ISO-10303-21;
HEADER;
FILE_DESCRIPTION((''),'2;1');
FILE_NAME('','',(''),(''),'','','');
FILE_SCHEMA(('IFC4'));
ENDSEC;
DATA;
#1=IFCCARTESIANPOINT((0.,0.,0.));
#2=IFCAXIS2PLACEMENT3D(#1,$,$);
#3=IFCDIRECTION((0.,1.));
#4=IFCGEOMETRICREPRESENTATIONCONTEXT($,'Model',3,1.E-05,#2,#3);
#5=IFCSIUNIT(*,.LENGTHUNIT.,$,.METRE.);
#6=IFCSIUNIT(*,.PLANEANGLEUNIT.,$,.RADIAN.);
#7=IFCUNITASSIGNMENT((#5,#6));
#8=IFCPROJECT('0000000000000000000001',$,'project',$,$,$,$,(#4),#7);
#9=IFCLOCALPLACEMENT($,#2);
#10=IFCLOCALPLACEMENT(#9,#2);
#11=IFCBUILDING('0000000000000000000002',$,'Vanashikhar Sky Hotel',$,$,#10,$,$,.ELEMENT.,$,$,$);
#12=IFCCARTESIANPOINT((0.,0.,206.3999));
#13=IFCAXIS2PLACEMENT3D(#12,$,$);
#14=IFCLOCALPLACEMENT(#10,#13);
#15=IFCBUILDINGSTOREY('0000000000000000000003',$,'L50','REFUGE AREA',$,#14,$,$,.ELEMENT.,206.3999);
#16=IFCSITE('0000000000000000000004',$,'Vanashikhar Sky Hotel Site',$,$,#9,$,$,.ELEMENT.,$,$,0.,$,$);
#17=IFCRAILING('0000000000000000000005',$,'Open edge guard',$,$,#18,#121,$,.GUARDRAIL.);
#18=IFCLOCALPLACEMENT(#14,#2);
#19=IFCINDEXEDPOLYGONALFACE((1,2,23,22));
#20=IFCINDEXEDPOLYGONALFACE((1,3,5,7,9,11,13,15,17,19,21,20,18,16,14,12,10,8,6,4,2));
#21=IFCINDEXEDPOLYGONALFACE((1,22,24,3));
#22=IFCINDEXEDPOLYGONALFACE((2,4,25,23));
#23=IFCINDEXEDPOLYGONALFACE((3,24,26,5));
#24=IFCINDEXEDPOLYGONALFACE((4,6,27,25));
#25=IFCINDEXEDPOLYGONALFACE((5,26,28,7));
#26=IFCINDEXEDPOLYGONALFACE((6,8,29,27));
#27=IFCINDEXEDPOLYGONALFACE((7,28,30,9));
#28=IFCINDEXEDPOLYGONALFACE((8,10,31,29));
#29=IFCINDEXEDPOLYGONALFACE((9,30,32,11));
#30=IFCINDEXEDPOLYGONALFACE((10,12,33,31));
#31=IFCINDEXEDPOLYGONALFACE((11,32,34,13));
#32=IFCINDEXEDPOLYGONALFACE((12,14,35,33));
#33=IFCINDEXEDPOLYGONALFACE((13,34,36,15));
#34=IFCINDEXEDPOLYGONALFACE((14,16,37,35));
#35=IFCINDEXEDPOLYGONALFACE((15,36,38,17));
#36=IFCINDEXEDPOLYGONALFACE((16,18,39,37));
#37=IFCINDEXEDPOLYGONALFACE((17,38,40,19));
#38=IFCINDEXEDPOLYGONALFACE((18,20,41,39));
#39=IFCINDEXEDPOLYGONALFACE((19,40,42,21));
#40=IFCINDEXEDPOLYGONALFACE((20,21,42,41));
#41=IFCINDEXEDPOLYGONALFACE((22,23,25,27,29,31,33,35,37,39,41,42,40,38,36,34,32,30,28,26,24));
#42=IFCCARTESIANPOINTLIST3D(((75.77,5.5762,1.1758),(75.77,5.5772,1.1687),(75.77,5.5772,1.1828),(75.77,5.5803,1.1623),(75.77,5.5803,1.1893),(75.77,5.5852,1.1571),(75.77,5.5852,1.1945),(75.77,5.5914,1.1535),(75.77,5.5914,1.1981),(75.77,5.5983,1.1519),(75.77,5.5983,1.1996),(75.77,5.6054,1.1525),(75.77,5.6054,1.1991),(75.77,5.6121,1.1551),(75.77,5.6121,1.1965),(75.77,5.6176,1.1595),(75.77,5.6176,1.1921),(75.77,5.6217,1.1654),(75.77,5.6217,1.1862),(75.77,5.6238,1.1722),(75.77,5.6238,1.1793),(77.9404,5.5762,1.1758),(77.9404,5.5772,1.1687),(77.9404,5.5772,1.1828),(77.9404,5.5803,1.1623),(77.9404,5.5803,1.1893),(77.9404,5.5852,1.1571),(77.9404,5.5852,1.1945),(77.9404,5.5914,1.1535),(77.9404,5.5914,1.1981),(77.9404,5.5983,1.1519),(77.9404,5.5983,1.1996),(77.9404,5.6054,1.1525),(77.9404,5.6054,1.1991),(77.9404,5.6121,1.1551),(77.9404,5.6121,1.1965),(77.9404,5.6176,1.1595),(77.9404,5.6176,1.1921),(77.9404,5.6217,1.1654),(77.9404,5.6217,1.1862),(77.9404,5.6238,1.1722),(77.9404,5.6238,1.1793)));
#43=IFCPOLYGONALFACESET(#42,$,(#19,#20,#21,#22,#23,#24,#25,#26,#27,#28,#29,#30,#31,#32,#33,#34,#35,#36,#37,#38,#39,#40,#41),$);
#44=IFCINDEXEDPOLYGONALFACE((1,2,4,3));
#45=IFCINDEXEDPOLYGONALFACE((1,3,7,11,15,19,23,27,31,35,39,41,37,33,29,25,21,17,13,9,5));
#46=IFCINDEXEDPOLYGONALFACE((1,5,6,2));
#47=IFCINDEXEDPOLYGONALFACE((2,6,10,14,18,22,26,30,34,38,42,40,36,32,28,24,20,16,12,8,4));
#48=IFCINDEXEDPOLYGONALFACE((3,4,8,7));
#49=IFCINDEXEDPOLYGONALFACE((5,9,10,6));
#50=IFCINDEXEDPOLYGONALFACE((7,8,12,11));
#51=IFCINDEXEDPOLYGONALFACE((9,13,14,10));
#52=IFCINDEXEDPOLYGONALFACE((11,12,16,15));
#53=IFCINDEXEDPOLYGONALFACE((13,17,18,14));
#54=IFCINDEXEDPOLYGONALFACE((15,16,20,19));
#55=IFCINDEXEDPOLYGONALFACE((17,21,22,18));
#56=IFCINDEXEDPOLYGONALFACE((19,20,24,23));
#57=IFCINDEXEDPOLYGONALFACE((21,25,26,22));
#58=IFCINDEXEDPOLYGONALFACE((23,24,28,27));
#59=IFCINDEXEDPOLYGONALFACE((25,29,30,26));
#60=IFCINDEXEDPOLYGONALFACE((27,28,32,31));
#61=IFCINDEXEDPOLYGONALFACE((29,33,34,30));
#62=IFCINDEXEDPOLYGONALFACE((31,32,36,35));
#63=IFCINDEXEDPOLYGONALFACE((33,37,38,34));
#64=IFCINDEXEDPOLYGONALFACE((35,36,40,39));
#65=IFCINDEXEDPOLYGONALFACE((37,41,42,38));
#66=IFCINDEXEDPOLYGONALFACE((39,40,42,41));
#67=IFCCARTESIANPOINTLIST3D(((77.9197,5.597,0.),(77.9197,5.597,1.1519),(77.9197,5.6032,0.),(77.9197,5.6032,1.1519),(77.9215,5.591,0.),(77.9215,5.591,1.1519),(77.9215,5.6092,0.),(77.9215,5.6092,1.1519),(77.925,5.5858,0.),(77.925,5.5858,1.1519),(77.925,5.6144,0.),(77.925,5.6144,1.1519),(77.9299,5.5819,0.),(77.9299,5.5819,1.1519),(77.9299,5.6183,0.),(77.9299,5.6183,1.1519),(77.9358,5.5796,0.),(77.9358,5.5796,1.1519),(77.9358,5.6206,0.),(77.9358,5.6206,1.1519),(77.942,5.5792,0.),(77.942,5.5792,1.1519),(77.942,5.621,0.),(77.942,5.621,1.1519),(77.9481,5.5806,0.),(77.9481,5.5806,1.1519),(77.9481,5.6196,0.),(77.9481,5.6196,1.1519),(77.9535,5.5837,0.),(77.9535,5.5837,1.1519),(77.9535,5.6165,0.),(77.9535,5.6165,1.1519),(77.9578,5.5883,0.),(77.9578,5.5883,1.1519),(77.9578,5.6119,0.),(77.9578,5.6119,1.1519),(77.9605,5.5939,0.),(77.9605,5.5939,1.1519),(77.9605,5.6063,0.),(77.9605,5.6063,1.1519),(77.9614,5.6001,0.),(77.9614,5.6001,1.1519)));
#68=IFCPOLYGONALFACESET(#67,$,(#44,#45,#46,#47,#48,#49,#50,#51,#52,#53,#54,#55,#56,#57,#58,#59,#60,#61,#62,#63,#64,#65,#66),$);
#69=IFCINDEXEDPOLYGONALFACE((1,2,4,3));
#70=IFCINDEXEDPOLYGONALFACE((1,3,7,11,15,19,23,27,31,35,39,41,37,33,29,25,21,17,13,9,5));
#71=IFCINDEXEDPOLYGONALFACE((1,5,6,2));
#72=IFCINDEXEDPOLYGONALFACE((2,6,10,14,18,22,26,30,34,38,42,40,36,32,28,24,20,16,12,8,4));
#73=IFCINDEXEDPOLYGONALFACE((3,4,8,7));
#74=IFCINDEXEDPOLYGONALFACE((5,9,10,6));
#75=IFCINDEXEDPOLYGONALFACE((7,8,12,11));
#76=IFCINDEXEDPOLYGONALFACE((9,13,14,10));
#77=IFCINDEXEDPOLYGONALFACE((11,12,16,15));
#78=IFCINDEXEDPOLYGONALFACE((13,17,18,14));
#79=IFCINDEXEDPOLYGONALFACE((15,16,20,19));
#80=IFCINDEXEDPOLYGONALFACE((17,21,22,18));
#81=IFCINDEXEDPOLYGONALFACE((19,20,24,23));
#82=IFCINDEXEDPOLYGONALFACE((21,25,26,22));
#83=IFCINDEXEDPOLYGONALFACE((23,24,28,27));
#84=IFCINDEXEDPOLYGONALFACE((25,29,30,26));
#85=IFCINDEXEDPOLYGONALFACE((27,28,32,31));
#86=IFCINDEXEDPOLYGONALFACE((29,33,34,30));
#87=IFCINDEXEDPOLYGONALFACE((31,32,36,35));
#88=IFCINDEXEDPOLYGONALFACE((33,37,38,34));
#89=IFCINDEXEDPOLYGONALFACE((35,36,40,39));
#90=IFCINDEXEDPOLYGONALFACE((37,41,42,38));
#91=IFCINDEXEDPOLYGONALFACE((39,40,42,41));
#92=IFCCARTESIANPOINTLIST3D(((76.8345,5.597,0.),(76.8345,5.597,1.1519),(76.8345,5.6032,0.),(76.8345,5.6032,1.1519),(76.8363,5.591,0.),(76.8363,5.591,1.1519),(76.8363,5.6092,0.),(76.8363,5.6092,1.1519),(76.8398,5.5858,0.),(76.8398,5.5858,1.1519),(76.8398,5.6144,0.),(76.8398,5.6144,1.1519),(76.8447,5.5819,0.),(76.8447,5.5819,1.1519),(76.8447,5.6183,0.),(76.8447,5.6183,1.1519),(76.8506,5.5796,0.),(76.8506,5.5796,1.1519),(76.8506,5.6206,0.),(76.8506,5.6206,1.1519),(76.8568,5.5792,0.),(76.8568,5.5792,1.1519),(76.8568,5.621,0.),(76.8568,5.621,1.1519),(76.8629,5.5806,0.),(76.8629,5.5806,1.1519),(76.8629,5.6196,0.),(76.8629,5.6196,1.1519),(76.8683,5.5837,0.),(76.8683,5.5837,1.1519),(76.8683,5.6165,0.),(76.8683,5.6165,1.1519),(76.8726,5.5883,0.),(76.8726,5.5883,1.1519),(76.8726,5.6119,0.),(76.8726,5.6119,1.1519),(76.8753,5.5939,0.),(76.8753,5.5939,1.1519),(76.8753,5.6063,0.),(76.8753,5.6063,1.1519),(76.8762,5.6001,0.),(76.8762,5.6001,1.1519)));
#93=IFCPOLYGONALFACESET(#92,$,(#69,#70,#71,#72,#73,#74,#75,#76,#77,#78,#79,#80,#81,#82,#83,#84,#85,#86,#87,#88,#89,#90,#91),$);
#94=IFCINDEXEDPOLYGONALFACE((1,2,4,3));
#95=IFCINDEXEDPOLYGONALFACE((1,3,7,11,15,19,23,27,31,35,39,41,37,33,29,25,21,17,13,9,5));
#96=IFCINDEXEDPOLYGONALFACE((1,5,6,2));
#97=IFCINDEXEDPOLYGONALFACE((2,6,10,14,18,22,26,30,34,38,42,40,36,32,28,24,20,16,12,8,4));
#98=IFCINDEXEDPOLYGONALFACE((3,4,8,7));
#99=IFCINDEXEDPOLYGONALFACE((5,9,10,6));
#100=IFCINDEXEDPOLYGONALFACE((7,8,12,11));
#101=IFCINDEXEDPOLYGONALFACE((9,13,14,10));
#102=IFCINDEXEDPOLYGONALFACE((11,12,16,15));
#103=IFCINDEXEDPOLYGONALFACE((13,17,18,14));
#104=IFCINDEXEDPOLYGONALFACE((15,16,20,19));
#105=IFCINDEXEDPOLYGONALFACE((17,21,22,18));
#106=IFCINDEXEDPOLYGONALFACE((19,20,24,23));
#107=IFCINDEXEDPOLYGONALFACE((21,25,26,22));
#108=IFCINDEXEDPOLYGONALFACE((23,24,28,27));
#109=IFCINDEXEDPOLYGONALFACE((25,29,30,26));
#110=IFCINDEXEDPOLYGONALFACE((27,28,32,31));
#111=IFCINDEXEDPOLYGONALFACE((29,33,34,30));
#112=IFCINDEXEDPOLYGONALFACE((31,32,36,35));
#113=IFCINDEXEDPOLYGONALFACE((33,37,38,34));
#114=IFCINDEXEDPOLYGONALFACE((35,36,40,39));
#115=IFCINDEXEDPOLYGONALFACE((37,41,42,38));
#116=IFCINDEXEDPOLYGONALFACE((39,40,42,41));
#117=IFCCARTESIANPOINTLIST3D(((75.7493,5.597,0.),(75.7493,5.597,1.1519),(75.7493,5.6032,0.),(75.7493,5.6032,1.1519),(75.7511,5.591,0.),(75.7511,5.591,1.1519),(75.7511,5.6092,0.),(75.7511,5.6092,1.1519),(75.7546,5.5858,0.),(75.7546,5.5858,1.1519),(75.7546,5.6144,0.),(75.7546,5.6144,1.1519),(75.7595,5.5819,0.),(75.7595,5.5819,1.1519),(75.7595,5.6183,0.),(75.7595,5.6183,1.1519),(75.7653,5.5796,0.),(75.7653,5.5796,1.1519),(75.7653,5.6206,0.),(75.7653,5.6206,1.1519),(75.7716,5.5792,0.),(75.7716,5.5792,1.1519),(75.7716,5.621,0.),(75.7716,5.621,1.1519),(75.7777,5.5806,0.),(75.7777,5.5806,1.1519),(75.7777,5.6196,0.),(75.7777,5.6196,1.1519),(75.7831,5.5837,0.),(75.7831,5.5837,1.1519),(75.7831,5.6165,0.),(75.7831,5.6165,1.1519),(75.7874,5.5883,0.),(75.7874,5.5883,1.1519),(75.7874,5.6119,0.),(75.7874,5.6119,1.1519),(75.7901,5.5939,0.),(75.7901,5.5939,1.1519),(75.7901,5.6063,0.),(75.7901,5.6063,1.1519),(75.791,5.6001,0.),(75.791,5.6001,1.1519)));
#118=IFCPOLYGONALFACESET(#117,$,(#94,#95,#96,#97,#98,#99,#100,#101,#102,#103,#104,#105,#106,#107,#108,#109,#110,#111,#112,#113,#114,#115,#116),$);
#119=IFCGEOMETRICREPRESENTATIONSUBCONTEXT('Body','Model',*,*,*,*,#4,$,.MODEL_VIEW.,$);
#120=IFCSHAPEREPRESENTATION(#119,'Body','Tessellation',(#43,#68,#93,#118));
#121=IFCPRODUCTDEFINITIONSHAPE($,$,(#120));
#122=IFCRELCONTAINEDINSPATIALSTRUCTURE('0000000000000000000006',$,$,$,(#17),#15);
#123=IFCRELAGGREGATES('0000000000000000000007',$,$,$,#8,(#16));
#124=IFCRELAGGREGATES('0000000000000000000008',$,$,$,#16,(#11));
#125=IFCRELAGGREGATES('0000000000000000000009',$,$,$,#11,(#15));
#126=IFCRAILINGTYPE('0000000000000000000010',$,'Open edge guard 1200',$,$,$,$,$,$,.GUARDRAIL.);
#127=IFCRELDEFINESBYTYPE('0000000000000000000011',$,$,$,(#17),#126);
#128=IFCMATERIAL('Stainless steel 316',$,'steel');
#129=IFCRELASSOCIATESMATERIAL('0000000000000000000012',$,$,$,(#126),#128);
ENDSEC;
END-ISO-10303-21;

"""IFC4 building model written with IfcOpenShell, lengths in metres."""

from ifc_helpers import new_model, si_unit, direction, frame, origin, origin_2d, place, context, subcontext, project, spatial, circle, extrude, source, transform, mapped, material, type_object, element, save


model = new_model("IFC4")

# Units and contexts
model_context = context("Model", 3, precision=1e-05, world=origin(), true_north=direction((0.0, 1.0)))
body_context = subcontext(model_context, "Body", "Model", "MODEL_VIEW")
ifc_project = project(units=[si_unit("LENGTHUNIT", "METRE"), si_unit("PLANEANGLEUNIT", "RADIAN")], contexts=[model_context])

# Site, building, storey
site_placement = place(None, origin())
site = spatial("IfcSite", under=ifc_project, at=site_placement, Name="Vanashikhar Sky Hotel Site", CompositionType="ELEMENT", RefElevation=0.0)
building_placement = place(site_placement, origin())
building = spatial("IfcBuilding", under=site, at=building_placement, Name="Vanashikhar Sky Hotel", CompositionType="ELEMENT")
storey_placement = place(building_placement, frame((0.0, 0.0, 206.3999)))
storey = spatial("IfcBuildingStorey", under=building, at=storey_placement, Name="L50", Description="REFUGE AREA", CompositionType="ELEMENT", Elevation=206.3999)

# Railing
ifc_material_1 = material(Name="Stainless steel 316", Category="steel")
railing_type = type_object("IfcRailingType", Name="Open edge guard 1200", PredefinedType="GUARDRAIL", material=ifc_material_1)
shared_shape_1 = source(origin(), body_context, "Body", "SweptSolid", [
    extrude(circle(Radius=0.0239, at=origin_2d()), frame((0.0, 0.0, 1.1758), z_axis=(-1.0, 0.0, 0.0), x_axis=(0.0, -1.0, 0.0)), (0.0, 0.0, 1.0), 2.1704),
    extrude(circle(Radius=0.021, at=origin_2d()), origin(), (0.0, 0.0, 1.0), 1.1519),
    extrude(circle(Radius=0.021, at=origin_2d()), frame((-1.0852, 0.0, 0.0)), (0.0, 0.0, 1.0), 1.1519),
    extrude(circle(Radius=0.021, at=origin_2d()), frame((-2.1704, 0.0, 0.0)), (0.0, 0.0, 1.0), 1.1519),
])
for number, where, name in (
    (1, (77.9404, 5.6001, 0.0), "Open edge guard"),
):
    element("IfcRailing", number, at=place(storey_placement, frame(where)), inside=storey, type_object=railing_type, Name=name, PredefinedType="GUARDRAIL", context=body_context, shape_type="MappedRepresentation", body=[
        mapped(shared_shape_1, transform((0.0, 0.0, 0.0), scale=1.0)),
    ])

save(model, "model.ifc")
